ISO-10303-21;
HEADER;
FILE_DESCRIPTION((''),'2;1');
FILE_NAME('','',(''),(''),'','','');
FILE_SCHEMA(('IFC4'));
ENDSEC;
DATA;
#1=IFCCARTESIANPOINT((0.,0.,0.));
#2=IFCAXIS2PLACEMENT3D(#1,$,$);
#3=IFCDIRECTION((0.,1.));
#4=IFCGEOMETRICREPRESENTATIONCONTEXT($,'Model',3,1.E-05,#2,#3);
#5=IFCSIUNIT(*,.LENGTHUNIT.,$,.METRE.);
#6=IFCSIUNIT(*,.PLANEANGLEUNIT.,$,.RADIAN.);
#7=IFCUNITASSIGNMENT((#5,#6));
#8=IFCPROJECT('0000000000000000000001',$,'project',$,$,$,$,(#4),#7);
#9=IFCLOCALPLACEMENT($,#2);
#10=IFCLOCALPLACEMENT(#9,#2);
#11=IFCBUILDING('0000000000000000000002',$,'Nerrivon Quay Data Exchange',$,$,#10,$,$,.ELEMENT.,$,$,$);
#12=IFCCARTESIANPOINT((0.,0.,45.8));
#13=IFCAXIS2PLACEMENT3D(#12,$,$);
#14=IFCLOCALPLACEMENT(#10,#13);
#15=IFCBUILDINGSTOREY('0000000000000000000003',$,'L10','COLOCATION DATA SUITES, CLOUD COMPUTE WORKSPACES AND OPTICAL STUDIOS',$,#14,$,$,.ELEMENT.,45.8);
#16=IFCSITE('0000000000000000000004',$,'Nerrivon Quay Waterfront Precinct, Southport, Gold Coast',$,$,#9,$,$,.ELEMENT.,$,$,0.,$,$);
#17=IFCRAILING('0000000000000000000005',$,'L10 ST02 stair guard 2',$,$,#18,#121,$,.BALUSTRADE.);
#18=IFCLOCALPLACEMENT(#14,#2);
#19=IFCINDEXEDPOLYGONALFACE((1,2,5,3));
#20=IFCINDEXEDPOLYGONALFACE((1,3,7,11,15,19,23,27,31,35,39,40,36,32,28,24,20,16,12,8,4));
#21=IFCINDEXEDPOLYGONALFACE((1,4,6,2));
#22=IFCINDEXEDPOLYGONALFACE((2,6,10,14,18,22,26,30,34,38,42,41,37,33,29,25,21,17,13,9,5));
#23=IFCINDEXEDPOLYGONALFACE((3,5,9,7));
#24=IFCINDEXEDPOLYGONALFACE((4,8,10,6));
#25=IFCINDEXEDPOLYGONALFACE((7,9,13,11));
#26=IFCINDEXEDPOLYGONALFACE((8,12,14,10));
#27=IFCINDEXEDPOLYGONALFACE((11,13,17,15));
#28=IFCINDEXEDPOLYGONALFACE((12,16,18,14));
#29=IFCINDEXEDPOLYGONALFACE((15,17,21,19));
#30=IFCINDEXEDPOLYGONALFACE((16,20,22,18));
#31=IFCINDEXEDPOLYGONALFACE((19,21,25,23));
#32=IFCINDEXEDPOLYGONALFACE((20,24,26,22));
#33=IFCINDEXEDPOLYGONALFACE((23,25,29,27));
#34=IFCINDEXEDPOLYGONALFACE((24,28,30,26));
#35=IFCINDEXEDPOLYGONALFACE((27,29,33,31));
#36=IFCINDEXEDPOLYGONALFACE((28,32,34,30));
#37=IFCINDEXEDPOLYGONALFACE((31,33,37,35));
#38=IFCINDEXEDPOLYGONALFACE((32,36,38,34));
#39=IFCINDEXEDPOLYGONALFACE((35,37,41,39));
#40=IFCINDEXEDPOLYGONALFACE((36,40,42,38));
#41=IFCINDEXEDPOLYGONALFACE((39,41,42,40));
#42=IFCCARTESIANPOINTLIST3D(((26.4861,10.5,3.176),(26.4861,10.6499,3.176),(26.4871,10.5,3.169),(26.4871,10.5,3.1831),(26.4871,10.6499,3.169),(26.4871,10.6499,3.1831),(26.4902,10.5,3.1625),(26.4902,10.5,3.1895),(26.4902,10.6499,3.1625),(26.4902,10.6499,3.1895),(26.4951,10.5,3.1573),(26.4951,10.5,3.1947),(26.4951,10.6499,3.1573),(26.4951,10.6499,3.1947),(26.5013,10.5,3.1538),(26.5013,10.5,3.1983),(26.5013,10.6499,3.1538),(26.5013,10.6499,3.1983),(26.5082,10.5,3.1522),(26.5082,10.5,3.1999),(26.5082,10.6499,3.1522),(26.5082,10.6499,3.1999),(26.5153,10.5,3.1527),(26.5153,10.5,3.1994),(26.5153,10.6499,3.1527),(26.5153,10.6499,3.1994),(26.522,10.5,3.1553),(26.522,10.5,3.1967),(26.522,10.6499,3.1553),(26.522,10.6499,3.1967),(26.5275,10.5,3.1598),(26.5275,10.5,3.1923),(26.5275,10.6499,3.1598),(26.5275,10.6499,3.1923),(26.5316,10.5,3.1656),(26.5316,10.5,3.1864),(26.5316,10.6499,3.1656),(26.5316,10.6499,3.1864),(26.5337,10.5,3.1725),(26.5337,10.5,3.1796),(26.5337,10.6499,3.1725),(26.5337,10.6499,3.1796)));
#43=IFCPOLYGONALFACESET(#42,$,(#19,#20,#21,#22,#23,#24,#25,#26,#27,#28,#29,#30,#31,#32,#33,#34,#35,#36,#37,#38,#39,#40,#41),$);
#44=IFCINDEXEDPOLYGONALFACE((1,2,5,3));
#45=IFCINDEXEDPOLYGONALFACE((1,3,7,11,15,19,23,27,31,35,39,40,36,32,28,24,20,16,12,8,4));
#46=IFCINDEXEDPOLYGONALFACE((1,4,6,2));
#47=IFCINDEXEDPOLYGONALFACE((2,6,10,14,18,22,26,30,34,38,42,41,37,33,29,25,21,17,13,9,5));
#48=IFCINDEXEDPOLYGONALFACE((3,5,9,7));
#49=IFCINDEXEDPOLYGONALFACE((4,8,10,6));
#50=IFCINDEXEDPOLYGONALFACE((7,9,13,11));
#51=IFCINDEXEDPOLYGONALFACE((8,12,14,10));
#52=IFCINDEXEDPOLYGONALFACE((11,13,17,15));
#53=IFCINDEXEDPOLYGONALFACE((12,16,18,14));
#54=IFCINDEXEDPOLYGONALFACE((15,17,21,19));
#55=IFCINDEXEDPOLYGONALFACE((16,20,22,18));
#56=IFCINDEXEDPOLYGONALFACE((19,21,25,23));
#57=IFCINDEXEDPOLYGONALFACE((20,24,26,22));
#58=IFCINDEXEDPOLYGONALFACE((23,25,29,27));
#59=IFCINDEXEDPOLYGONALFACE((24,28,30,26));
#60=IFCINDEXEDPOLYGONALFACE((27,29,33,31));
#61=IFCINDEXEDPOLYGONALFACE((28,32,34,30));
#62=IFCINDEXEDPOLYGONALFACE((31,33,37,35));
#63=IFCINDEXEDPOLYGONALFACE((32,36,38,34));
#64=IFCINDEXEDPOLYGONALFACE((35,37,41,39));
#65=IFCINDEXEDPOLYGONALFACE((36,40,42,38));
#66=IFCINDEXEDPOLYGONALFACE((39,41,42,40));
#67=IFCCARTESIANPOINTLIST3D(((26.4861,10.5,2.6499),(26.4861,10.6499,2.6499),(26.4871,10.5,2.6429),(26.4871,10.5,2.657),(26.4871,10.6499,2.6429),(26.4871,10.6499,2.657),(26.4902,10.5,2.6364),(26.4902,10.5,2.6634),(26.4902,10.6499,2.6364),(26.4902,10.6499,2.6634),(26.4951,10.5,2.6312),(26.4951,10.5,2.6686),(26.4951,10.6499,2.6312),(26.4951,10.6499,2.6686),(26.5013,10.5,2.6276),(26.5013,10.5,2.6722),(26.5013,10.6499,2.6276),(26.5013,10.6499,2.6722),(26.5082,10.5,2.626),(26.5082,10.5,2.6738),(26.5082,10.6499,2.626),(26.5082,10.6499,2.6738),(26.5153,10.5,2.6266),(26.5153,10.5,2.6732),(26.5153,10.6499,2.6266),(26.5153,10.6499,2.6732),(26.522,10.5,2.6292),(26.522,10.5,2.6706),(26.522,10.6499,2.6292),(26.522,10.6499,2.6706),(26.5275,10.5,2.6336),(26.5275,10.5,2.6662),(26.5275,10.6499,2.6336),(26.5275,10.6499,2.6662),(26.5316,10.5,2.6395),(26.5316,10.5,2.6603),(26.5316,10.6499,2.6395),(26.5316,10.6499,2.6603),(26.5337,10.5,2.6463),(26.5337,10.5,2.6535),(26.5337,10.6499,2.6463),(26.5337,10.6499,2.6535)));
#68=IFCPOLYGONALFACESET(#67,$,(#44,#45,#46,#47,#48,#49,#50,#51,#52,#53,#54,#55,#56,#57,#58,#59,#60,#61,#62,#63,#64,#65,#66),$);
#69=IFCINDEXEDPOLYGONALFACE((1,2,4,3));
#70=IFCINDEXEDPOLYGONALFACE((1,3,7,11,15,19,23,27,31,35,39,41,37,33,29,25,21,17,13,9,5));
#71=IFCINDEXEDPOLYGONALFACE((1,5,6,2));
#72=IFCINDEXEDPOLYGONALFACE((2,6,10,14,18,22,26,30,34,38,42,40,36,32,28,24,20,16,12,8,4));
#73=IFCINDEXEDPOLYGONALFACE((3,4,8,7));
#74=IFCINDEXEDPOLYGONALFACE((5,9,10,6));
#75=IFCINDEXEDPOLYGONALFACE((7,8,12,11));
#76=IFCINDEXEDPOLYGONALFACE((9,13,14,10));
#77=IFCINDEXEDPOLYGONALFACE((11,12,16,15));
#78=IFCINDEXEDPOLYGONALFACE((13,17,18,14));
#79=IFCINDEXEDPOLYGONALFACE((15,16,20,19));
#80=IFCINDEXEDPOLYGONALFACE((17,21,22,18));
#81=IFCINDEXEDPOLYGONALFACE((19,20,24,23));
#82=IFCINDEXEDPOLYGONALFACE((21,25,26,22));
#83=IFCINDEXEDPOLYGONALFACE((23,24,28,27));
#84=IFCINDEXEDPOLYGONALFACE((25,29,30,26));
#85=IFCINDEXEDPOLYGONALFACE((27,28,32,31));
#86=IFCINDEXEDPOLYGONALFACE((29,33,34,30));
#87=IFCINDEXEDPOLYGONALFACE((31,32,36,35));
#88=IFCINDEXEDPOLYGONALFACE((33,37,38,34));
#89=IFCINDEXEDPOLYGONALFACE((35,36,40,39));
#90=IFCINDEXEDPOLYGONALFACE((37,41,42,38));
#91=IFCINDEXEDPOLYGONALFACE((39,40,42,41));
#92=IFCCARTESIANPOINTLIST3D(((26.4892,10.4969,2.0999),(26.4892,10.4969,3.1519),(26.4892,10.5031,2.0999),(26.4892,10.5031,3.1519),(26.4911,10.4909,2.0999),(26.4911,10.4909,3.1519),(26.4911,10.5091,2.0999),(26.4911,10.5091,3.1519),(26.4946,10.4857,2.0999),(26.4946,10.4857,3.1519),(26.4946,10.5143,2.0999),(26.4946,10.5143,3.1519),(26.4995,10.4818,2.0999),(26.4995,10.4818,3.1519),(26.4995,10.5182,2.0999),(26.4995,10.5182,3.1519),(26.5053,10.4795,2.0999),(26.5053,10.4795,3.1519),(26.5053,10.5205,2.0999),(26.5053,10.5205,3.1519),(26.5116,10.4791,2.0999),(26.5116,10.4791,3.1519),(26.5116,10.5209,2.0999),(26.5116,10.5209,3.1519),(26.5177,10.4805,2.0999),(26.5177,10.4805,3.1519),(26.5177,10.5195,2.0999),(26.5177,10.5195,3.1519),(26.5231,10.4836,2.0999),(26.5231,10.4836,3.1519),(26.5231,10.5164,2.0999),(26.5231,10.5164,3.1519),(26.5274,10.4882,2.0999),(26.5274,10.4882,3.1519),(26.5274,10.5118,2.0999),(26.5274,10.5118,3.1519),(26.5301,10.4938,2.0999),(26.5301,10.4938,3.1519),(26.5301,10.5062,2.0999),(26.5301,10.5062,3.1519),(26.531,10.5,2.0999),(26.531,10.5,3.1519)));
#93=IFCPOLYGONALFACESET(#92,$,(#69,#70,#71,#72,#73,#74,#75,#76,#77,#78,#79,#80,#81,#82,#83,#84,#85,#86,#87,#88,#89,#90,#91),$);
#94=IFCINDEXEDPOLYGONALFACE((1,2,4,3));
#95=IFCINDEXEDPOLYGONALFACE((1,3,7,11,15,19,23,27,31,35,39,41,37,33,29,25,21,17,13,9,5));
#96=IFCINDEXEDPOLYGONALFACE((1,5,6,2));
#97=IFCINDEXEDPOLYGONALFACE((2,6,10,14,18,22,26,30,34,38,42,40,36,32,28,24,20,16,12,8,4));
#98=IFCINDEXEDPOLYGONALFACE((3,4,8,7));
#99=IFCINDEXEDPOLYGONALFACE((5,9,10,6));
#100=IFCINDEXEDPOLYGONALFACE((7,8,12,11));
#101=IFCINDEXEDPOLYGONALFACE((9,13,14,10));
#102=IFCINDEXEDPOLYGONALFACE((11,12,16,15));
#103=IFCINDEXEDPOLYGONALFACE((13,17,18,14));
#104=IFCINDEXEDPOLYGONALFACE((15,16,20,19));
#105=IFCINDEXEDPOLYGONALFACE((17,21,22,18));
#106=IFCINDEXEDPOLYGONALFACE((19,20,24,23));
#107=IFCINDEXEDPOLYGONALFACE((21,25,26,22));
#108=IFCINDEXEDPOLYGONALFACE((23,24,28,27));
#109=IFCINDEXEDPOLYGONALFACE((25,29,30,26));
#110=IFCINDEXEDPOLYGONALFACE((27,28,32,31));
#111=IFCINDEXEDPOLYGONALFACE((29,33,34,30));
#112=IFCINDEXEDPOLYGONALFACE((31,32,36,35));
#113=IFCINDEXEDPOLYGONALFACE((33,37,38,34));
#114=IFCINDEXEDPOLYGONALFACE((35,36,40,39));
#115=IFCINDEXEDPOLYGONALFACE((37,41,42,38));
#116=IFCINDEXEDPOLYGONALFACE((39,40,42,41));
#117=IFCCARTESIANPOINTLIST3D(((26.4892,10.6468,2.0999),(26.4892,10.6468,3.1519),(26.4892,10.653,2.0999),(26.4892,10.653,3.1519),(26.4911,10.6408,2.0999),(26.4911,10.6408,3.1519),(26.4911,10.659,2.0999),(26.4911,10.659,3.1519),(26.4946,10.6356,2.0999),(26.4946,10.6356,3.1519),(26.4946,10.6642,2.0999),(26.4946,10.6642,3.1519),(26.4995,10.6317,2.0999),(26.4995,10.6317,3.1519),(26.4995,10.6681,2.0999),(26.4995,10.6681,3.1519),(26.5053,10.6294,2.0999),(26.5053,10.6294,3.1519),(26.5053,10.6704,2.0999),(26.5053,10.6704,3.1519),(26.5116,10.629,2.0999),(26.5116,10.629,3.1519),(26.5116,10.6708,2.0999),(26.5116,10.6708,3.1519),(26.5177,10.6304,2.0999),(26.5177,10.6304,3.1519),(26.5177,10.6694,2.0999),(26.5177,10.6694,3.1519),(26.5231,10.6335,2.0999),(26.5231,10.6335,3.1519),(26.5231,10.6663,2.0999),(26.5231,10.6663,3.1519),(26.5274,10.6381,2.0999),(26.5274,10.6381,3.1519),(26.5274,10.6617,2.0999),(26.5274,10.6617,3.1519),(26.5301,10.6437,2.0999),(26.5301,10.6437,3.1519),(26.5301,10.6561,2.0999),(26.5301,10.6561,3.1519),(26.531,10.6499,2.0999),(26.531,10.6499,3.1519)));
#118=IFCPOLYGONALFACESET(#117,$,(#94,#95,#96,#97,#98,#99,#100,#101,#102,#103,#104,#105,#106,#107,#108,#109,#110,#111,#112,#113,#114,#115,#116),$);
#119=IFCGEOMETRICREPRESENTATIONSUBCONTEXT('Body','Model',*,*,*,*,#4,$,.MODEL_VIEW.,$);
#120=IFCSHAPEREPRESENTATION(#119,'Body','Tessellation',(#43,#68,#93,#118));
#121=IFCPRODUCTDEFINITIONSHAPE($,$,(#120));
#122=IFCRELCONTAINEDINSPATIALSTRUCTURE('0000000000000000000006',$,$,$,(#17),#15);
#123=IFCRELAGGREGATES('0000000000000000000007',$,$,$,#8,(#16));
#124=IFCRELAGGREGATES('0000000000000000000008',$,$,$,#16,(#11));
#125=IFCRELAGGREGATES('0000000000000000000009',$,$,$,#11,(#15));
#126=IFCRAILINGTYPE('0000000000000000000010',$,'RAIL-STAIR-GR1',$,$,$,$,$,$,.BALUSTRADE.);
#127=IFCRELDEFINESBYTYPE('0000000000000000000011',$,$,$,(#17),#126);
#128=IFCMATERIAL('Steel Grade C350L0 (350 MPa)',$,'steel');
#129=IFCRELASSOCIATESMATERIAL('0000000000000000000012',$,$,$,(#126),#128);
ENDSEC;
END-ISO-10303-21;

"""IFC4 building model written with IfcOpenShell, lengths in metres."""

from ifc_helpers import new_model, si_unit, direction, frame, origin, origin_2d, place, context, subcontext, project, spatial, circle, extrude, material, type_object, element, save


model = new_model("IFC4")

# Units and contexts
model_context = context("Model", 3, precision=1e-05, world=origin(), true_north=direction((0.0, 1.0)))
body_context = subcontext(model_context, "Body", "Model", "MODEL_VIEW")
ifc_project = project(units=[si_unit("LENGTHUNIT", "METRE"), si_unit("PLANEANGLEUNIT", "RADIAN")], contexts=[model_context])

# Site, building, storey
site_placement = place(None, origin())
site = spatial("IfcSite", under=ifc_project, at=site_placement, Name="Nerrivon Quay Waterfront Precinct, Southport, Gold Coast", CompositionType="ELEMENT", RefElevation=0.0)
building_placement = place(site_placement, origin())
building = spatial("IfcBuilding", under=site, at=building_placement, Name="Nerrivon Quay Data Exchange", CompositionType="ELEMENT")
storey_placement = place(building_placement, frame((0.0, 0.0, 45.8)))
storey = spatial("IfcBuildingStorey", under=building, at=storey_placement, Name="L10", Description="COLOCATION DATA SUITES, CLOUD COMPUTE WORKSPACES AND OPTICAL STUDIOS", CompositionType="ELEMENT", Elevation=45.8)

# Railing
ifc_material_1 = material(Name="Steel Grade C350L0 (350 MPa)", Category="steel")
railing_type_1 = type_object("IfcRailingType", Name="RAIL-STAIR-GR1", PredefinedType="BALUSTRADE", material=ifc_material_1)
railing_1_placement = place(storey_placement, frame((26.51, 10.5, 2.0999)))
element("IfcRailing", 1, at=railing_1_placement, inside=storey, type_object=railing_type_1, Name="L10 ST02 stair guard 2", PredefinedType="BALUSTRADE", context=body_context, shape_type="SweptSolid", body=[
    extrude(circle(Radius=0.0239, at=origin_2d()), frame((0.0, 0.0, 1.0762), z_axis=(0.0, 1.0, 0.0), x_axis=(-1.0, 0.0, 0.0)), (0.0, 0.0, 1.0), 0.1499),
    extrude(circle(Radius=0.0239, at=origin_2d()), frame((0.0, 0.0, 0.55), z_axis=(0.0, 1.0, 0.0), x_axis=(-1.0, 0.0, 0.0)), (0.0, 0.0, 1.0), 0.1499),
    extrude(circle(Radius=0.021, at=origin_2d()), origin(), (0.0, 0.0, 1.0), 1.052),
    extrude(circle(Radius=0.021, at=origin_2d()), frame((0.0, 0.1499, 0.0)), (0.0, 0.0, 1.0), 1.052),
])

save(model, "model.ifc")
